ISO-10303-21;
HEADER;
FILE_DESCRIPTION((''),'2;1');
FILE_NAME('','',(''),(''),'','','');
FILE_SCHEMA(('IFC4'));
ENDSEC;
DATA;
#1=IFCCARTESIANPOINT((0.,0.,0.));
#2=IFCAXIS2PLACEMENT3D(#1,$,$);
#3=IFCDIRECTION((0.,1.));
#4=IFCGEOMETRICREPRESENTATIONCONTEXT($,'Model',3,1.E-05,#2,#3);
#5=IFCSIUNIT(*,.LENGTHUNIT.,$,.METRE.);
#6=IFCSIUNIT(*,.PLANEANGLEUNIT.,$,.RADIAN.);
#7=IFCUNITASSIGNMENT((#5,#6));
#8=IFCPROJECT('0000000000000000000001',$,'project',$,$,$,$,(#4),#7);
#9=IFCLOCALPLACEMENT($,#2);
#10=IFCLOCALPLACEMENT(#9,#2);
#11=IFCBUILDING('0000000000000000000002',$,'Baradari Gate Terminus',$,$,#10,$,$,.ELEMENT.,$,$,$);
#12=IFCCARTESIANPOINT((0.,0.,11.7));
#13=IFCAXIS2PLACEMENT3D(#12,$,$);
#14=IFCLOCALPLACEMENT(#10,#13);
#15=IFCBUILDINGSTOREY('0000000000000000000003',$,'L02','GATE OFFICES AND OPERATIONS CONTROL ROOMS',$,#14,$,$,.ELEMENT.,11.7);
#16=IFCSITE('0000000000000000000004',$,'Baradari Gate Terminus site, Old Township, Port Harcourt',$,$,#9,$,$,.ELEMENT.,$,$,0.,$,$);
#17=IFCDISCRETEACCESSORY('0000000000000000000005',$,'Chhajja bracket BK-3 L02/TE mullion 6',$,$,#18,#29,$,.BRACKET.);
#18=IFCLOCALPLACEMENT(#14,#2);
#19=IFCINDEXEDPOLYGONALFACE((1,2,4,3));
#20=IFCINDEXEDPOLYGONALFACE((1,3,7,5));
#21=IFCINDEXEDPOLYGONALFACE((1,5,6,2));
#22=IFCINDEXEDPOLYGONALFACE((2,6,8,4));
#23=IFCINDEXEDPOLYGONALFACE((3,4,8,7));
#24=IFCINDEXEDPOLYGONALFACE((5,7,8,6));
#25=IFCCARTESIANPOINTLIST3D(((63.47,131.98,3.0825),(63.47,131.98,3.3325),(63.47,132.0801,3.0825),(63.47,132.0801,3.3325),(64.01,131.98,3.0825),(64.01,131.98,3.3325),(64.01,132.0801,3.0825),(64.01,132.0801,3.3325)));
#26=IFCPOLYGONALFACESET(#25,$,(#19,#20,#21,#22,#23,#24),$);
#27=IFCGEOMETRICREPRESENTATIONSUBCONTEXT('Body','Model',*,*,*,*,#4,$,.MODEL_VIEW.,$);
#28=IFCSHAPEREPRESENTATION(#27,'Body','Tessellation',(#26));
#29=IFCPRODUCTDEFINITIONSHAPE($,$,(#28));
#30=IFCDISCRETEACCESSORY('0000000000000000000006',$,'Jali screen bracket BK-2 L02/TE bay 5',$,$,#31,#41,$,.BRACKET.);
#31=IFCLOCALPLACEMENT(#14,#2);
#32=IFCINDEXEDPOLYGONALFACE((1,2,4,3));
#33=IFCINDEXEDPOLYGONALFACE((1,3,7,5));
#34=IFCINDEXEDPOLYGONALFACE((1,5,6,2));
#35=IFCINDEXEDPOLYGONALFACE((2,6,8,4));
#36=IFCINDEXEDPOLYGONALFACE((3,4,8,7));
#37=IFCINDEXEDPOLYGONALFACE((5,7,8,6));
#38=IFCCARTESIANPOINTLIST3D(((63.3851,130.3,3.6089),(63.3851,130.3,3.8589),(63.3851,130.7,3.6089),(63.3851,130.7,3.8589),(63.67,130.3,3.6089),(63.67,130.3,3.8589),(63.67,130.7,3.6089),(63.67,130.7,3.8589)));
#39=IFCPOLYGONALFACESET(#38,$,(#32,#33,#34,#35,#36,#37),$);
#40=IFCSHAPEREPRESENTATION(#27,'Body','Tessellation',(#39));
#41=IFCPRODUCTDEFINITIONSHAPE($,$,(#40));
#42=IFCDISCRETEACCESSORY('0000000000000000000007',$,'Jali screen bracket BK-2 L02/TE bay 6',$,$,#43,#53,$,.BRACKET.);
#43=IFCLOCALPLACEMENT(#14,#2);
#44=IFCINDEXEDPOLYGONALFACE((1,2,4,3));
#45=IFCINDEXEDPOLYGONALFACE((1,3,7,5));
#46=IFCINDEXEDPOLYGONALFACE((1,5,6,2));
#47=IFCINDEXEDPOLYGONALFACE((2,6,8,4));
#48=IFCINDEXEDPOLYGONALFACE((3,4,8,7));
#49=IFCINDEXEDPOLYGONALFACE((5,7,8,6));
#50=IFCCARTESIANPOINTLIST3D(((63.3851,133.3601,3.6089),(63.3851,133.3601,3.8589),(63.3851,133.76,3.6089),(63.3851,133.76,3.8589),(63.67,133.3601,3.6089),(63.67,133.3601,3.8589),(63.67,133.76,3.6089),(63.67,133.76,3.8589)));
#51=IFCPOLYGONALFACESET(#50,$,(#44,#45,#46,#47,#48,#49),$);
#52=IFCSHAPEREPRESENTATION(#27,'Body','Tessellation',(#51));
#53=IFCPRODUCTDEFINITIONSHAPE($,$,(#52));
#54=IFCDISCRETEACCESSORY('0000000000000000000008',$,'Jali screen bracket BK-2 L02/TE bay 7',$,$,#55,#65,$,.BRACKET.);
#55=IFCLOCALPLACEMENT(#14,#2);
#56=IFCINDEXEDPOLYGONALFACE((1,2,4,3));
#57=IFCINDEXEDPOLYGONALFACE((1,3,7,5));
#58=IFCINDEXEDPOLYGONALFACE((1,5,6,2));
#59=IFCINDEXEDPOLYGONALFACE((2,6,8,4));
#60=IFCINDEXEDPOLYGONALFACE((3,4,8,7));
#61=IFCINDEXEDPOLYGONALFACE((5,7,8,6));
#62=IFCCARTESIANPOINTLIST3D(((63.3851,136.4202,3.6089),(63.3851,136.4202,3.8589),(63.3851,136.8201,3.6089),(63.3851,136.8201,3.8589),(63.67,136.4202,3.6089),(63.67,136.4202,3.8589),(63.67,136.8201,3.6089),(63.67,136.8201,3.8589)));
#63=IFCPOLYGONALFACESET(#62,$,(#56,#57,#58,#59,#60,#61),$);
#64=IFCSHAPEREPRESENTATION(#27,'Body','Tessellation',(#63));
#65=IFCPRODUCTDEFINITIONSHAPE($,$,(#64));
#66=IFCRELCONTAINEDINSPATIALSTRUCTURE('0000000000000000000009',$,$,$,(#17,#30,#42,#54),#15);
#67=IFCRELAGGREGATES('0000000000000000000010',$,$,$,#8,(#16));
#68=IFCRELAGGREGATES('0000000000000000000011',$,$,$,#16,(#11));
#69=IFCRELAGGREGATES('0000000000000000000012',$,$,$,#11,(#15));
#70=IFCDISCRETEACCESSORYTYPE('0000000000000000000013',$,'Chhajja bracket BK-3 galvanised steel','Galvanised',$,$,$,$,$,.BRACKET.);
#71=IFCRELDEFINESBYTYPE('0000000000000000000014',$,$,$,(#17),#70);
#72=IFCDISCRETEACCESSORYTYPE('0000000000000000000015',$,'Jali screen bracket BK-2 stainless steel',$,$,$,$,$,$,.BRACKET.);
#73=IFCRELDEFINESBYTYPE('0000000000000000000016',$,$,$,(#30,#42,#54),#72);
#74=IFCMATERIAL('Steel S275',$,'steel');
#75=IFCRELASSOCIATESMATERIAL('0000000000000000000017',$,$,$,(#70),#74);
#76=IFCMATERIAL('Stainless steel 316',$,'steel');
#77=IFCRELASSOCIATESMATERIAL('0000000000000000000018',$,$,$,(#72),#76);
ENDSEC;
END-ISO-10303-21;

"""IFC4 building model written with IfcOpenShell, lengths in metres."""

from ifc_helpers import new_model, si_unit, direction, frame, origin, origin_2d, place, context, subcontext, project, spatial, rectangle, extrude, material, type_object, element, save


model = new_model("IFC4")

# Units and contexts
model_context = context("Model", 3, precision=1e-05, world=origin(), true_north=direction((0.0, 1.0)))
body_context = subcontext(model_context, "Body", "Model", "MODEL_VIEW")
ifc_project = project(units=[si_unit("LENGTHUNIT", "METRE"), si_unit("PLANEANGLEUNIT", "RADIAN")], contexts=[model_context])

# Site, building, storey
site_placement = place(None, origin())
site = spatial("IfcSite", under=ifc_project, at=site_placement, Name="Baradari Gate Terminus site, Old Township, Port Harcourt", CompositionType="ELEMENT", RefElevation=0.0)
building_placement = place(site_placement, origin())
building = spatial("IfcBuilding", under=site, at=building_placement, Name="Baradari Gate Terminus", CompositionType="ELEMENT")
storey_placement = place(building_placement, frame((0.0, 0.0, 11.7)))
storey = spatial("IfcBuildingStorey", under=building, at=storey_placement, Name="L02", Description="GATE OFFICES AND OPERATIONS CONTROL ROOMS", CompositionType="ELEMENT", Elevation=11.7)

# Discrete accessories
ifc_material_1 = material(Name="Steel S275", Category="steel")
discrete_accessory_type_1 = type_object("IfcDiscreteAccessoryType", Name="Chhajja bracket BK-3 galvanised steel", Description="Galvanised", PredefinedType="BRACKET", material=ifc_material_1)
discrete_accessory_placement = place(storey_placement, frame((63.74, 132.03, 3.0825), z_axis=(0.0, 0.0, 1.0), x_axis=(1.0, 0.0, 0.0)))
element("IfcDiscreteAccessory", 1, at=discrete_accessory_placement, inside=storey, type_object=discrete_accessory_type_1, Name="Chhajja bracket BK-3 L02/TE mullion 6", PredefinedType="BRACKET", context=body_context, shape_type="SweptSolid", body=[
    extrude(rectangle(XDim=0.54, YDim=0.1001, at=origin_2d()), origin(), (0.0, 0.0, 1.0), 0.25),
])
ifc_material_2 = material(Name="Stainless steel 316", Category="steel")
discrete_accessory_type_2 = type_object("IfcDiscreteAccessoryType", Name="Jali screen bracket BK-2 stainless steel", PredefinedType="BRACKET", material=ifc_material_2)
for number, where, z_axis, x_axis, name in (
    (2, (63.5276, 130.5, 3.6089), (0.0, 0.0, 1.0), (1.0, 0.0, 0.0), "Jali screen bracket BK-2 L02/TE bay 5"),
    (3, (63.5276, 133.5601, 3.6089), (0.0, 0.0, 1.0), (1.0, 0.0, 0.0), "Jali screen bracket BK-2 L02/TE bay 6"),
    (4, (63.5276, 136.6201, 3.6089), (0.0, 0.0, 1.0), (1.0, 0.0, 0.0), "Jali screen bracket BK-2 L02/TE bay 7"),
):
    element("IfcDiscreteAccessory", number, at=place(storey_placement, frame(where, z_axis=z_axis, x_axis=x_axis)), inside=storey, type_object=discrete_accessory_type_2, Name=name, PredefinedType="BRACKET", context=body_context, shape_type="SweptSolid", body=[
        extrude(rectangle(XDim=0.2849, YDim=0.3999, at=origin_2d()), origin(), (0.0, 0.0, 1.0), 0.25),
    ])

save(model, "model.ifc")
